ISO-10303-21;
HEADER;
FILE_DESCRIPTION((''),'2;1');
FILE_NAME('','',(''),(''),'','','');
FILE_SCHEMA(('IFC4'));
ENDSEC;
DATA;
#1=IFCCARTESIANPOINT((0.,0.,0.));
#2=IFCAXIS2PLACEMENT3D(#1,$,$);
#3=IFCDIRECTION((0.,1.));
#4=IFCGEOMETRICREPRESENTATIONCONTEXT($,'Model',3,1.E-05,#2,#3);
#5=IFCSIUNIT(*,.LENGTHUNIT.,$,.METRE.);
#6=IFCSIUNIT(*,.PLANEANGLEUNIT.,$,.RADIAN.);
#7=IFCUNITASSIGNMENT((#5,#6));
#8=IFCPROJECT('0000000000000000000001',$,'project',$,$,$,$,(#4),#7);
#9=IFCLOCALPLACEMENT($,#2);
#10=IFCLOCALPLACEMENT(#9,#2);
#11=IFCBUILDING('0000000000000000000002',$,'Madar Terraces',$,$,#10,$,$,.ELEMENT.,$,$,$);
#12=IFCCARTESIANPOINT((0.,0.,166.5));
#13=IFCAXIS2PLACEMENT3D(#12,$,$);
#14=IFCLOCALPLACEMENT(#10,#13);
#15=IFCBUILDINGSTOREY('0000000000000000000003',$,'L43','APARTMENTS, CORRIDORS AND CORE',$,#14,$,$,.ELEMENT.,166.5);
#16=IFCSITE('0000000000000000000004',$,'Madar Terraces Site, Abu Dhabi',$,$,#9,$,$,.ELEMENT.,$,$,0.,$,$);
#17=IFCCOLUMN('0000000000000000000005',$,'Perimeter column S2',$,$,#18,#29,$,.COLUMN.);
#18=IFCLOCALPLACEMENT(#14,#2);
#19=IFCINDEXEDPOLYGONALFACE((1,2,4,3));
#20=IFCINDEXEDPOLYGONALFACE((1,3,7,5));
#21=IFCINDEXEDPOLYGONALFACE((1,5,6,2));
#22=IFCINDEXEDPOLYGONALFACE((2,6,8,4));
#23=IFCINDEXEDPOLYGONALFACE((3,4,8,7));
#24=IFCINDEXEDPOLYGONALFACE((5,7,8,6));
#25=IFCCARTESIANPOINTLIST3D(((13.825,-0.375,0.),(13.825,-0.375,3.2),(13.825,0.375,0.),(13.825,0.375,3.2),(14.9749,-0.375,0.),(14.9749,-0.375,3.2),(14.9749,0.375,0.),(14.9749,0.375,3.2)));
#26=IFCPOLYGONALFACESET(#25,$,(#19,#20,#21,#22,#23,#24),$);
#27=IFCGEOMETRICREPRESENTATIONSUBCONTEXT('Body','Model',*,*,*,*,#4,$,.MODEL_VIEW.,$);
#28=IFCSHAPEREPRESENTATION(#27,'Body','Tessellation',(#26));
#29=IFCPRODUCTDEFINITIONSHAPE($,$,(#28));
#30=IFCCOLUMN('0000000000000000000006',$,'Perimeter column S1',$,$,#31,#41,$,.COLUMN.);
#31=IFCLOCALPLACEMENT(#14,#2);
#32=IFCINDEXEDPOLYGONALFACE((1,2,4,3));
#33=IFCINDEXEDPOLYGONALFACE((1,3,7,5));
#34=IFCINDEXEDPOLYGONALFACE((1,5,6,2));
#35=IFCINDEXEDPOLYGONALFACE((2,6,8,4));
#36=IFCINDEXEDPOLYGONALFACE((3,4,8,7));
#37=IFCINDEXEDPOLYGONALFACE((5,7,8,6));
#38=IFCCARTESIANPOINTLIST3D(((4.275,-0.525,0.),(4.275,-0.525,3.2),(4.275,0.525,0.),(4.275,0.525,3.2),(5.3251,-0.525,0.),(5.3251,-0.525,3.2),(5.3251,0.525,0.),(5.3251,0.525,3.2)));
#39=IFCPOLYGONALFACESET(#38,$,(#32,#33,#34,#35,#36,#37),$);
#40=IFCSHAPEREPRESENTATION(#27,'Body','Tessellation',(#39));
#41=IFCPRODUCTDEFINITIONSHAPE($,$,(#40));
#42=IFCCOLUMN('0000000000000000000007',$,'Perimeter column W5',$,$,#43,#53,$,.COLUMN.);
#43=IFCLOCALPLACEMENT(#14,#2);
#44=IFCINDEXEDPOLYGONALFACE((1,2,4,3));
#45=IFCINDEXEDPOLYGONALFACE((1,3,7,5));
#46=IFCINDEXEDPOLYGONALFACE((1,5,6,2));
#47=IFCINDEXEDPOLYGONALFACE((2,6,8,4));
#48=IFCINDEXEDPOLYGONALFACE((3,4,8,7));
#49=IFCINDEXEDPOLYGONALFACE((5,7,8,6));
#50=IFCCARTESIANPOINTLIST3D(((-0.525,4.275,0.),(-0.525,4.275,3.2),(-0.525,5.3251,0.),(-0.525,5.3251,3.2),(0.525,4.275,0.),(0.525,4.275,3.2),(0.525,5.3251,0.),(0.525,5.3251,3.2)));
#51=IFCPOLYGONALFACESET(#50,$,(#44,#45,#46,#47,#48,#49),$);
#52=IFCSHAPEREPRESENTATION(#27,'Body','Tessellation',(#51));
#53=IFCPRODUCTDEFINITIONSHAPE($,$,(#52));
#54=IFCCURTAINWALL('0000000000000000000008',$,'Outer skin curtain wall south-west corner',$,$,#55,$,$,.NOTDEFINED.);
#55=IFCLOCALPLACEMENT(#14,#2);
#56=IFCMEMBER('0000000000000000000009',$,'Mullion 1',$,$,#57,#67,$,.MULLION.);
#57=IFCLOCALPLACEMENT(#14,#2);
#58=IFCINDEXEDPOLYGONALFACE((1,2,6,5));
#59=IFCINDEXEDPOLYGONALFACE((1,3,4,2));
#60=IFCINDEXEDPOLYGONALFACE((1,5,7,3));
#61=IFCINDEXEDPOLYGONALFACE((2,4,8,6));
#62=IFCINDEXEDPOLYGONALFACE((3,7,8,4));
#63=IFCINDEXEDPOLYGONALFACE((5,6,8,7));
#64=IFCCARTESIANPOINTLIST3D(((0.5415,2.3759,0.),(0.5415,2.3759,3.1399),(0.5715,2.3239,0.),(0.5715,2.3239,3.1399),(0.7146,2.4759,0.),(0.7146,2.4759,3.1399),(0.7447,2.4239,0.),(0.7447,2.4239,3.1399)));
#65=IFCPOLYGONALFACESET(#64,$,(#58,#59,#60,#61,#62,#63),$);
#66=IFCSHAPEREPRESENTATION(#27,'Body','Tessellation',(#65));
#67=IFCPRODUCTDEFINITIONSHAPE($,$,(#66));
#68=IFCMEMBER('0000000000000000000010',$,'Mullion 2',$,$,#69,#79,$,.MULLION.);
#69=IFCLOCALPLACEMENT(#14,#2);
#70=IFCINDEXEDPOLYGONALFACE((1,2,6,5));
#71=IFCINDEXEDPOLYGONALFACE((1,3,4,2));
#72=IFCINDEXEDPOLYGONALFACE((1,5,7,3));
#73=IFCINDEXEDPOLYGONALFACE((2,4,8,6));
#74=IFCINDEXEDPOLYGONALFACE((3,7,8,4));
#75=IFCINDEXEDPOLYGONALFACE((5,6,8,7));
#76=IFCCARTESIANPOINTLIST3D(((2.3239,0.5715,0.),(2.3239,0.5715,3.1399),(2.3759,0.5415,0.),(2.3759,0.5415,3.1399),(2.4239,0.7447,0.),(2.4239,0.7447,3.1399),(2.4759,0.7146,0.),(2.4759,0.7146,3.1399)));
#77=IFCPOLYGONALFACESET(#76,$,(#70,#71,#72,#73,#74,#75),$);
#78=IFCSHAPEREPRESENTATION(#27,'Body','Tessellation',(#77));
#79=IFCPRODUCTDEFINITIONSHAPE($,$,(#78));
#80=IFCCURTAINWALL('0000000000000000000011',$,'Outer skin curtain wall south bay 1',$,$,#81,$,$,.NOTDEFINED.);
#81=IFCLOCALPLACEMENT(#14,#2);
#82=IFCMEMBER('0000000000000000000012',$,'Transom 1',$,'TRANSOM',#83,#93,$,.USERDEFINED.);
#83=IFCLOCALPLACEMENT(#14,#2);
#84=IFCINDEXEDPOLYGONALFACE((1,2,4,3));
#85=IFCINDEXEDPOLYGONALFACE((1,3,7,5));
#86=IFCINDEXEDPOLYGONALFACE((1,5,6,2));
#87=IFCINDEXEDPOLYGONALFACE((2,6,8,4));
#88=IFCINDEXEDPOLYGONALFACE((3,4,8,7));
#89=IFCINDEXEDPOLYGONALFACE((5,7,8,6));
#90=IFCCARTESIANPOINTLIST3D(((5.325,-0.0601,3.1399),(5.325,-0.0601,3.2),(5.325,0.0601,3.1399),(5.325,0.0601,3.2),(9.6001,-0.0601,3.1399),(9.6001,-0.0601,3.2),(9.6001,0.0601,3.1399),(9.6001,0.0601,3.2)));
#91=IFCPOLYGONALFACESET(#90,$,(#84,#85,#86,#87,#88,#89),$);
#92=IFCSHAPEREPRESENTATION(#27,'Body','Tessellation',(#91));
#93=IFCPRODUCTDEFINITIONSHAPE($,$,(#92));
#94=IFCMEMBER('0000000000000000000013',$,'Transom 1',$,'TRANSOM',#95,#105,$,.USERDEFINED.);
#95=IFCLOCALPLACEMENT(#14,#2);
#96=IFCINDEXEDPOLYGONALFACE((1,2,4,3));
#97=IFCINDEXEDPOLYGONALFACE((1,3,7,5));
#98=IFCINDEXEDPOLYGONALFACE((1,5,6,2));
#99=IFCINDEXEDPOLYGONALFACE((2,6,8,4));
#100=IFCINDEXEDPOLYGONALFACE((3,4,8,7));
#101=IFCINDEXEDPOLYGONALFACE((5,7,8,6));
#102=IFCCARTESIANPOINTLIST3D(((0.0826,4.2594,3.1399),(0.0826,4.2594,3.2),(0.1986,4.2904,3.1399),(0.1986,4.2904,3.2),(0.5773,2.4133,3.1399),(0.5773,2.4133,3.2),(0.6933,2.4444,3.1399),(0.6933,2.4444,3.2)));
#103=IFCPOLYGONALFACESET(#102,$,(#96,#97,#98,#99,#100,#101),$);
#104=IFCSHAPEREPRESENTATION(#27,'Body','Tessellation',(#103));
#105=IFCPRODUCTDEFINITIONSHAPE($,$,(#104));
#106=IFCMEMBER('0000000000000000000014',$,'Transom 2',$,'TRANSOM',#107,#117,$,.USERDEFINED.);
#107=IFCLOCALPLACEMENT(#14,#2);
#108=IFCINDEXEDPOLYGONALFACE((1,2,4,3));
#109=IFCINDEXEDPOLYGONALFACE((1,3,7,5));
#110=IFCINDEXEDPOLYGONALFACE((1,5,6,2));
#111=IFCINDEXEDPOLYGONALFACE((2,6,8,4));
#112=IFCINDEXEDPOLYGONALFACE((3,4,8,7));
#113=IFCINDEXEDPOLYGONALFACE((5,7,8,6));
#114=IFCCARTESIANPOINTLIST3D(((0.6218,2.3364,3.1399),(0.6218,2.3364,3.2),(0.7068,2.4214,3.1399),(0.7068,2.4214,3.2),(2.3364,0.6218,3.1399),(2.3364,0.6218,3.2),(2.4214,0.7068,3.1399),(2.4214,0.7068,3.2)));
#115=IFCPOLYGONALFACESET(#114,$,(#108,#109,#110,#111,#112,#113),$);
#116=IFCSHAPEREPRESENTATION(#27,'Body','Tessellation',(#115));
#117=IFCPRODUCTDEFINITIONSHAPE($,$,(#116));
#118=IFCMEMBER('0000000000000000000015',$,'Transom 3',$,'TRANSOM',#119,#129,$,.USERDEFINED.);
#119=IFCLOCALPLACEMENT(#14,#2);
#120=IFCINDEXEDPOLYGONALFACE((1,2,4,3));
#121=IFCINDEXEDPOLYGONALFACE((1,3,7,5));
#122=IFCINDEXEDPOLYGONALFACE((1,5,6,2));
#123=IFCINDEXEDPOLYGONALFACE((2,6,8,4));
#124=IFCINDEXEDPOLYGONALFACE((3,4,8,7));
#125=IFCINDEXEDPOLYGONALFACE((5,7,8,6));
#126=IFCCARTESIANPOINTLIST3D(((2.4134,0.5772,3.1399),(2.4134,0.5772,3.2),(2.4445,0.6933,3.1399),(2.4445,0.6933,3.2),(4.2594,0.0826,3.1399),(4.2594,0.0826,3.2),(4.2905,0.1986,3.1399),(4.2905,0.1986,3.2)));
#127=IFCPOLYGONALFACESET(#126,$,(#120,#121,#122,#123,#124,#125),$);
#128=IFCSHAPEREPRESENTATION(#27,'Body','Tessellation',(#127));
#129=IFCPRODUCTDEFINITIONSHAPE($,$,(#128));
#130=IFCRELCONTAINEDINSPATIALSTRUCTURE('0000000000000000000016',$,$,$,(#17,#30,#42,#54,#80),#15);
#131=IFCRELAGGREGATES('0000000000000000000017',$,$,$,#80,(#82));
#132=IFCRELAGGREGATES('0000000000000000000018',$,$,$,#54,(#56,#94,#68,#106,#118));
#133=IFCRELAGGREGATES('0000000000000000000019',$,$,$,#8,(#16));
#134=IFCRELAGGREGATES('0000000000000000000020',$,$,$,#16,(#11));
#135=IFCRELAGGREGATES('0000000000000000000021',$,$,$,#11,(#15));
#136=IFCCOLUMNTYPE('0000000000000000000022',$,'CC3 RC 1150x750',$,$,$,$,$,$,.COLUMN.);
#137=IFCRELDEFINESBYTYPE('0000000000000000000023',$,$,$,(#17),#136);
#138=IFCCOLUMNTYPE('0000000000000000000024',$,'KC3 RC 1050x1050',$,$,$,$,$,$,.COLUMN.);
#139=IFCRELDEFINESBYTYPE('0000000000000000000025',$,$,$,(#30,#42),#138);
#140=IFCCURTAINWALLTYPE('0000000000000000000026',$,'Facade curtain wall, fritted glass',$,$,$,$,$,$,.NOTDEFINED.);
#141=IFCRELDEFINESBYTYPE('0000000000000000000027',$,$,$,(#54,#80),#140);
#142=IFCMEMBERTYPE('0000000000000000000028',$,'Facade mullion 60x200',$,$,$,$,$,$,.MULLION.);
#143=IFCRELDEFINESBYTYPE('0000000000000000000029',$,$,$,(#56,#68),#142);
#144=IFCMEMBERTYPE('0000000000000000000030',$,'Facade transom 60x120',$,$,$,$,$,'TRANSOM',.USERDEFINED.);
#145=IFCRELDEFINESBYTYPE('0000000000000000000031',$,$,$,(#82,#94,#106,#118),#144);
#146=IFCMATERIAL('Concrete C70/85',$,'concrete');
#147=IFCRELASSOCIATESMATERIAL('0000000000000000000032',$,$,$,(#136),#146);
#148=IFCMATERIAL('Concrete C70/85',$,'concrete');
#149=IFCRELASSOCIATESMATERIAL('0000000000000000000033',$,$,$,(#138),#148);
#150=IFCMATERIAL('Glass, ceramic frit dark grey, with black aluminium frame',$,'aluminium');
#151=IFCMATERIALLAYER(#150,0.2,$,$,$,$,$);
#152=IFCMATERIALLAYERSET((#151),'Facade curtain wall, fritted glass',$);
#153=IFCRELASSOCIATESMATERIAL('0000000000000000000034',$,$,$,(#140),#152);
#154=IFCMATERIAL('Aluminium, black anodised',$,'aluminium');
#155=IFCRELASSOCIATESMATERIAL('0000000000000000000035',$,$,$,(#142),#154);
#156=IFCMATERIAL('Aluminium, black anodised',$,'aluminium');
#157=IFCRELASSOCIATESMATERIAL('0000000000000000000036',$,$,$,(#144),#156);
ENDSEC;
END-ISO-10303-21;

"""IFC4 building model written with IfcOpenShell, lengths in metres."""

from ifc_helpers import new_model, si_unit, direction, frame, origin, origin_2d, place, context, subcontext, project, spatial, rectangle, extrude, material, layer, layer_set, material_profile, profile_set, type_object, element, aggregate, save


model = new_model("IFC4")

# Units and contexts
model_context = context("Model", 3, precision=1e-05, world=origin(), true_north=direction((0.0, 1.0)))
body_context = subcontext(model_context, "Body", "Model", "MODEL_VIEW")
ifc_project = project(units=[si_unit("LENGTHUNIT", "METRE"), si_unit("PLANEANGLEUNIT", "RADIAN")], contexts=[model_context])

# Site, building, storey
site_placement = place(None, origin())
site = spatial("IfcSite", under=ifc_project, at=site_placement, Name="Madar Terraces Site, Abu Dhabi", CompositionType="ELEMENT", RefElevation=0.0)
building_placement = place(site_placement, origin())
building = spatial("IfcBuilding", under=site, at=building_placement, Name="Madar Terraces", CompositionType="ELEMENT")
storey_placement = place(building_placement, frame((0.0, 0.0, 166.5)))
storey = spatial("IfcBuildingStorey", under=building, at=storey_placement, Name="L43", Description="APARTMENTS, CORRIDORS AND CORE", CompositionType="ELEMENT", Elevation=166.5)

# Columns
ifc_material_1 = material(Name="Concrete C70/85", Category="concrete")
ifc_material_profile_1 = material_profile(ifc_material_1, rectangle(XDim=1.1499, YDim=0.75, at=origin_2d()), Name="CC3 RC 1150x750")
ifc_profile_set_1 = profile_set([ifc_material_profile_1], Name="Concrete C70/85")
column_type_1 = type_object("IfcColumnType", Name="CC3 RC 1150x750", PredefinedType="COLUMN", material=ifc_profile_set_1)
column_placement = place(storey_placement, frame((14.3999, 0.0, 0.0), z_axis=(0.0, 0.0, 1.0), x_axis=(1.0, 0.0, 0.0)))
element("IfcColumn", 1, at=column_placement, inside=storey, type_object=column_type_1, Name="Perimeter column S2", PredefinedType="COLUMN", context=body_context, shape_type="SweptSolid", body=[
    extrude(rectangle(XDim=1.1499, YDim=0.75, at=origin_2d()), origin(), (0.0, 0.0, 1.0), 3.2),
])
ifc_material_2 = material(Name="Concrete C70/85", Category="concrete")
ifc_material_profile_2 = material_profile(ifc_material_2, rectangle(XDim=1.05, YDim=1.05, at=origin_2d()), Name="KC3 RC 1050x1050")
ifc_profile_set_2 = profile_set([ifc_material_profile_2], Name="Concrete C70/85")
column_type_2 = type_object("IfcColumnType", Name="KC3 RC 1050x1050", PredefinedType="COLUMN", material=ifc_profile_set_2)
for number, where, z_axis, x_axis, name in (
    (2, (4.8, 0.0, 0.0), (0.0, 0.0, 1.0), (1.0, 0.0, 0.0), "Perimeter column S1"),
    (3, (0.0, 4.8, 0.0), (0.0, 0.0, 1.0), (1.0, 0.0, 0.0), "Perimeter column W5"),
):
    element("IfcColumn", number, at=place(storey_placement, frame(where, z_axis=z_axis, x_axis=x_axis)), inside=storey, type_object=column_type_2, Name=name, PredefinedType="COLUMN", context=body_context, shape_type="SweptSolid", body=[
        extrude(rectangle(XDim=1.05, YDim=1.05, at=origin_2d()), origin(), (0.0, 0.0, 1.0), 3.2),
    ])

# Curtain wall, members
ifc_material_3 = material(Name="Glass, ceramic frit dark grey, with black aluminium frame", Category="aluminium")
ifc_layer_1 = layer(ifc_material_3, 0.2)
ifc_layer_set_1 = layer_set([ifc_layer_1], Name="Facade curtain wall, fritted glass")
curtain_wall_type = type_object("IfcCurtainWallType", Name="Facade curtain wall, fritted glass", PredefinedType="NOTDEFINED", material=ifc_layer_set_1)
curtain_wall_1_placement = place(storey_placement, origin())
curtain_wall_1 = element("IfcCurtainWall", 4, at=curtain_wall_1_placement, inside=storey, type_object=curtain_wall_type, Name="Outer skin curtain wall south-west corner", PredefinedType="NOTDEFINED")
ifc_material_4 = material(Name="Aluminium, black anodised", Category="aluminium")
ifc_material_profile_3 = material_profile(ifc_material_4, rectangle(XDim=0.2, YDim=0.0601, at=origin_2d()), Name="Facade mullion 60x200")
ifc_profile_set_3 = profile_set([ifc_material_profile_3], Name="Aluminium, black anodised")
member_type_1 = type_object("IfcMemberType", Name="Facade mullion 60x200", PredefinedType="MULLION", material=ifc_profile_set_3)
member_1_placement = place(storey_placement, frame((0.6431, 2.3999, 0.0), z_axis=(0.0, 0.0, 1.0), x_axis=(0.866025, 0.5, 0.0)))
member_1 = element("IfcMember", 5, at=member_1_placement, type_object=member_type_1, Name="Mullion 1", PredefinedType="MULLION", context=body_context, shape_type="SweptSolid", body=[
    extrude(rectangle(XDim=0.2, YDim=0.0601, at=origin_2d()), origin(), (0.0, 0.0, 1.0), 3.1399),
])
member_2_placement = place(storey_placement, frame((2.3999, 0.6431, 0.0), z_axis=(0.0, 0.0, 1.0), x_axis=(0.5, 0.866025, 0.0)))
member_2 = element("IfcMember", 6, at=member_2_placement, type_object=member_type_1, Name="Mullion 2", PredefinedType="MULLION", context=body_context, shape_type="SweptSolid", body=[
    extrude(rectangle(XDim=0.2, YDim=0.0601, at=origin_2d()), origin(), (0.0, 0.0, 1.0), 3.1399),
])

# Curtain wall, member
curtain_wall_2_placement = place(storey_placement, origin())
curtain_wall_2 = element("IfcCurtainWall", 7, at=curtain_wall_2_placement, inside=storey, type_object=curtain_wall_type, Name="Outer skin curtain wall south bay 1", PredefinedType="NOTDEFINED")
ifc_material_5 = material(Name="Aluminium, black anodised", Category="aluminium")
ifc_material_profile_4 = material_profile(ifc_material_5, rectangle(XDim=0.1201, YDim=0.0601, at=origin_2d()), Name="Facade transom 60x120")
ifc_profile_set_4 = profile_set([ifc_material_profile_4], Name="Aluminium, black anodised")
member_type_2 = type_object("IfcMemberType", Name="Facade transom 60x120", ElementType="TRANSOM", PredefinedType="USERDEFINED", material=ifc_profile_set_4)
member_3_placement = place(storey_placement, frame((5.325, 0.0, 3.1699), z_axis=(1.0, 0.0, 0.0), x_axis=(0.0, 1.0, 0.0)))
member_3 = element("IfcMember", 8, at=member_3_placement, type_object=member_type_2, Name="Transom 1", ObjectType="TRANSOM", PredefinedType="USERDEFINED", context=body_context, shape_type="SweptSolid", body=[
    extrude(rectangle(XDim=0.1201, YDim=0.0601, at=origin_2d()), origin(), (0.0, 0.0, 1.0), 4.2751),
])

# Members
member_4_placement = place(storey_placement, frame((0.1406, 4.2749, 3.1699), z_axis=(0.258823, -0.965925, 0.0), x_axis=(0.965925, 0.258823, 0.0)))
member_4 = element("IfcMember", 9, at=member_4_placement, type_object=member_type_2, Name="Transom 1", ObjectType="TRANSOM", PredefinedType="USERDEFINED", context=body_context, shape_type="SweptSolid", body=[
    extrude(rectangle(XDim=0.1201, YDim=0.0601, at=origin_2d()), origin(), (0.0, 0.0, 1.0), 1.9111),
])
member_5_placement = place(storey_placement, frame((0.6643, 2.3789, 3.1699), z_axis=(0.707107, -0.707107, 0.0), x_axis=(0.707107, 0.707107, 0.0)))
member_5 = element("IfcMember", 10, at=member_5_placement, type_object=member_type_2, Name="Transom 2", ObjectType="TRANSOM", PredefinedType="USERDEFINED", context=body_context, shape_type="SweptSolid", body=[
    extrude(rectangle(XDim=0.1201, YDim=0.0601, at=origin_2d()), origin(), (0.0, 0.0, 1.0), 2.4248),
])
member_6_placement = place(storey_placement, frame((2.429, 0.6353, 3.1699), z_axis=(0.965925, -0.258823, 0.0), x_axis=(0.258823, 0.965925, 0.0)))
member_6 = element("IfcMember", 11, at=member_6_placement, type_object=member_type_2, Name="Transom 3", ObjectType="TRANSOM", PredefinedType="USERDEFINED", context=body_context, shape_type="SweptSolid", body=[
    extrude(rectangle(XDim=0.1201, YDim=0.0601, at=origin_2d()), origin(), (0.0, 0.0, 1.0), 1.9111),
])

aggregate(curtain_wall_2, [member_3])
aggregate(curtain_wall_1, [member_1, member_4, member_2, member_5, member_6])

save(model, "model.ifc")
